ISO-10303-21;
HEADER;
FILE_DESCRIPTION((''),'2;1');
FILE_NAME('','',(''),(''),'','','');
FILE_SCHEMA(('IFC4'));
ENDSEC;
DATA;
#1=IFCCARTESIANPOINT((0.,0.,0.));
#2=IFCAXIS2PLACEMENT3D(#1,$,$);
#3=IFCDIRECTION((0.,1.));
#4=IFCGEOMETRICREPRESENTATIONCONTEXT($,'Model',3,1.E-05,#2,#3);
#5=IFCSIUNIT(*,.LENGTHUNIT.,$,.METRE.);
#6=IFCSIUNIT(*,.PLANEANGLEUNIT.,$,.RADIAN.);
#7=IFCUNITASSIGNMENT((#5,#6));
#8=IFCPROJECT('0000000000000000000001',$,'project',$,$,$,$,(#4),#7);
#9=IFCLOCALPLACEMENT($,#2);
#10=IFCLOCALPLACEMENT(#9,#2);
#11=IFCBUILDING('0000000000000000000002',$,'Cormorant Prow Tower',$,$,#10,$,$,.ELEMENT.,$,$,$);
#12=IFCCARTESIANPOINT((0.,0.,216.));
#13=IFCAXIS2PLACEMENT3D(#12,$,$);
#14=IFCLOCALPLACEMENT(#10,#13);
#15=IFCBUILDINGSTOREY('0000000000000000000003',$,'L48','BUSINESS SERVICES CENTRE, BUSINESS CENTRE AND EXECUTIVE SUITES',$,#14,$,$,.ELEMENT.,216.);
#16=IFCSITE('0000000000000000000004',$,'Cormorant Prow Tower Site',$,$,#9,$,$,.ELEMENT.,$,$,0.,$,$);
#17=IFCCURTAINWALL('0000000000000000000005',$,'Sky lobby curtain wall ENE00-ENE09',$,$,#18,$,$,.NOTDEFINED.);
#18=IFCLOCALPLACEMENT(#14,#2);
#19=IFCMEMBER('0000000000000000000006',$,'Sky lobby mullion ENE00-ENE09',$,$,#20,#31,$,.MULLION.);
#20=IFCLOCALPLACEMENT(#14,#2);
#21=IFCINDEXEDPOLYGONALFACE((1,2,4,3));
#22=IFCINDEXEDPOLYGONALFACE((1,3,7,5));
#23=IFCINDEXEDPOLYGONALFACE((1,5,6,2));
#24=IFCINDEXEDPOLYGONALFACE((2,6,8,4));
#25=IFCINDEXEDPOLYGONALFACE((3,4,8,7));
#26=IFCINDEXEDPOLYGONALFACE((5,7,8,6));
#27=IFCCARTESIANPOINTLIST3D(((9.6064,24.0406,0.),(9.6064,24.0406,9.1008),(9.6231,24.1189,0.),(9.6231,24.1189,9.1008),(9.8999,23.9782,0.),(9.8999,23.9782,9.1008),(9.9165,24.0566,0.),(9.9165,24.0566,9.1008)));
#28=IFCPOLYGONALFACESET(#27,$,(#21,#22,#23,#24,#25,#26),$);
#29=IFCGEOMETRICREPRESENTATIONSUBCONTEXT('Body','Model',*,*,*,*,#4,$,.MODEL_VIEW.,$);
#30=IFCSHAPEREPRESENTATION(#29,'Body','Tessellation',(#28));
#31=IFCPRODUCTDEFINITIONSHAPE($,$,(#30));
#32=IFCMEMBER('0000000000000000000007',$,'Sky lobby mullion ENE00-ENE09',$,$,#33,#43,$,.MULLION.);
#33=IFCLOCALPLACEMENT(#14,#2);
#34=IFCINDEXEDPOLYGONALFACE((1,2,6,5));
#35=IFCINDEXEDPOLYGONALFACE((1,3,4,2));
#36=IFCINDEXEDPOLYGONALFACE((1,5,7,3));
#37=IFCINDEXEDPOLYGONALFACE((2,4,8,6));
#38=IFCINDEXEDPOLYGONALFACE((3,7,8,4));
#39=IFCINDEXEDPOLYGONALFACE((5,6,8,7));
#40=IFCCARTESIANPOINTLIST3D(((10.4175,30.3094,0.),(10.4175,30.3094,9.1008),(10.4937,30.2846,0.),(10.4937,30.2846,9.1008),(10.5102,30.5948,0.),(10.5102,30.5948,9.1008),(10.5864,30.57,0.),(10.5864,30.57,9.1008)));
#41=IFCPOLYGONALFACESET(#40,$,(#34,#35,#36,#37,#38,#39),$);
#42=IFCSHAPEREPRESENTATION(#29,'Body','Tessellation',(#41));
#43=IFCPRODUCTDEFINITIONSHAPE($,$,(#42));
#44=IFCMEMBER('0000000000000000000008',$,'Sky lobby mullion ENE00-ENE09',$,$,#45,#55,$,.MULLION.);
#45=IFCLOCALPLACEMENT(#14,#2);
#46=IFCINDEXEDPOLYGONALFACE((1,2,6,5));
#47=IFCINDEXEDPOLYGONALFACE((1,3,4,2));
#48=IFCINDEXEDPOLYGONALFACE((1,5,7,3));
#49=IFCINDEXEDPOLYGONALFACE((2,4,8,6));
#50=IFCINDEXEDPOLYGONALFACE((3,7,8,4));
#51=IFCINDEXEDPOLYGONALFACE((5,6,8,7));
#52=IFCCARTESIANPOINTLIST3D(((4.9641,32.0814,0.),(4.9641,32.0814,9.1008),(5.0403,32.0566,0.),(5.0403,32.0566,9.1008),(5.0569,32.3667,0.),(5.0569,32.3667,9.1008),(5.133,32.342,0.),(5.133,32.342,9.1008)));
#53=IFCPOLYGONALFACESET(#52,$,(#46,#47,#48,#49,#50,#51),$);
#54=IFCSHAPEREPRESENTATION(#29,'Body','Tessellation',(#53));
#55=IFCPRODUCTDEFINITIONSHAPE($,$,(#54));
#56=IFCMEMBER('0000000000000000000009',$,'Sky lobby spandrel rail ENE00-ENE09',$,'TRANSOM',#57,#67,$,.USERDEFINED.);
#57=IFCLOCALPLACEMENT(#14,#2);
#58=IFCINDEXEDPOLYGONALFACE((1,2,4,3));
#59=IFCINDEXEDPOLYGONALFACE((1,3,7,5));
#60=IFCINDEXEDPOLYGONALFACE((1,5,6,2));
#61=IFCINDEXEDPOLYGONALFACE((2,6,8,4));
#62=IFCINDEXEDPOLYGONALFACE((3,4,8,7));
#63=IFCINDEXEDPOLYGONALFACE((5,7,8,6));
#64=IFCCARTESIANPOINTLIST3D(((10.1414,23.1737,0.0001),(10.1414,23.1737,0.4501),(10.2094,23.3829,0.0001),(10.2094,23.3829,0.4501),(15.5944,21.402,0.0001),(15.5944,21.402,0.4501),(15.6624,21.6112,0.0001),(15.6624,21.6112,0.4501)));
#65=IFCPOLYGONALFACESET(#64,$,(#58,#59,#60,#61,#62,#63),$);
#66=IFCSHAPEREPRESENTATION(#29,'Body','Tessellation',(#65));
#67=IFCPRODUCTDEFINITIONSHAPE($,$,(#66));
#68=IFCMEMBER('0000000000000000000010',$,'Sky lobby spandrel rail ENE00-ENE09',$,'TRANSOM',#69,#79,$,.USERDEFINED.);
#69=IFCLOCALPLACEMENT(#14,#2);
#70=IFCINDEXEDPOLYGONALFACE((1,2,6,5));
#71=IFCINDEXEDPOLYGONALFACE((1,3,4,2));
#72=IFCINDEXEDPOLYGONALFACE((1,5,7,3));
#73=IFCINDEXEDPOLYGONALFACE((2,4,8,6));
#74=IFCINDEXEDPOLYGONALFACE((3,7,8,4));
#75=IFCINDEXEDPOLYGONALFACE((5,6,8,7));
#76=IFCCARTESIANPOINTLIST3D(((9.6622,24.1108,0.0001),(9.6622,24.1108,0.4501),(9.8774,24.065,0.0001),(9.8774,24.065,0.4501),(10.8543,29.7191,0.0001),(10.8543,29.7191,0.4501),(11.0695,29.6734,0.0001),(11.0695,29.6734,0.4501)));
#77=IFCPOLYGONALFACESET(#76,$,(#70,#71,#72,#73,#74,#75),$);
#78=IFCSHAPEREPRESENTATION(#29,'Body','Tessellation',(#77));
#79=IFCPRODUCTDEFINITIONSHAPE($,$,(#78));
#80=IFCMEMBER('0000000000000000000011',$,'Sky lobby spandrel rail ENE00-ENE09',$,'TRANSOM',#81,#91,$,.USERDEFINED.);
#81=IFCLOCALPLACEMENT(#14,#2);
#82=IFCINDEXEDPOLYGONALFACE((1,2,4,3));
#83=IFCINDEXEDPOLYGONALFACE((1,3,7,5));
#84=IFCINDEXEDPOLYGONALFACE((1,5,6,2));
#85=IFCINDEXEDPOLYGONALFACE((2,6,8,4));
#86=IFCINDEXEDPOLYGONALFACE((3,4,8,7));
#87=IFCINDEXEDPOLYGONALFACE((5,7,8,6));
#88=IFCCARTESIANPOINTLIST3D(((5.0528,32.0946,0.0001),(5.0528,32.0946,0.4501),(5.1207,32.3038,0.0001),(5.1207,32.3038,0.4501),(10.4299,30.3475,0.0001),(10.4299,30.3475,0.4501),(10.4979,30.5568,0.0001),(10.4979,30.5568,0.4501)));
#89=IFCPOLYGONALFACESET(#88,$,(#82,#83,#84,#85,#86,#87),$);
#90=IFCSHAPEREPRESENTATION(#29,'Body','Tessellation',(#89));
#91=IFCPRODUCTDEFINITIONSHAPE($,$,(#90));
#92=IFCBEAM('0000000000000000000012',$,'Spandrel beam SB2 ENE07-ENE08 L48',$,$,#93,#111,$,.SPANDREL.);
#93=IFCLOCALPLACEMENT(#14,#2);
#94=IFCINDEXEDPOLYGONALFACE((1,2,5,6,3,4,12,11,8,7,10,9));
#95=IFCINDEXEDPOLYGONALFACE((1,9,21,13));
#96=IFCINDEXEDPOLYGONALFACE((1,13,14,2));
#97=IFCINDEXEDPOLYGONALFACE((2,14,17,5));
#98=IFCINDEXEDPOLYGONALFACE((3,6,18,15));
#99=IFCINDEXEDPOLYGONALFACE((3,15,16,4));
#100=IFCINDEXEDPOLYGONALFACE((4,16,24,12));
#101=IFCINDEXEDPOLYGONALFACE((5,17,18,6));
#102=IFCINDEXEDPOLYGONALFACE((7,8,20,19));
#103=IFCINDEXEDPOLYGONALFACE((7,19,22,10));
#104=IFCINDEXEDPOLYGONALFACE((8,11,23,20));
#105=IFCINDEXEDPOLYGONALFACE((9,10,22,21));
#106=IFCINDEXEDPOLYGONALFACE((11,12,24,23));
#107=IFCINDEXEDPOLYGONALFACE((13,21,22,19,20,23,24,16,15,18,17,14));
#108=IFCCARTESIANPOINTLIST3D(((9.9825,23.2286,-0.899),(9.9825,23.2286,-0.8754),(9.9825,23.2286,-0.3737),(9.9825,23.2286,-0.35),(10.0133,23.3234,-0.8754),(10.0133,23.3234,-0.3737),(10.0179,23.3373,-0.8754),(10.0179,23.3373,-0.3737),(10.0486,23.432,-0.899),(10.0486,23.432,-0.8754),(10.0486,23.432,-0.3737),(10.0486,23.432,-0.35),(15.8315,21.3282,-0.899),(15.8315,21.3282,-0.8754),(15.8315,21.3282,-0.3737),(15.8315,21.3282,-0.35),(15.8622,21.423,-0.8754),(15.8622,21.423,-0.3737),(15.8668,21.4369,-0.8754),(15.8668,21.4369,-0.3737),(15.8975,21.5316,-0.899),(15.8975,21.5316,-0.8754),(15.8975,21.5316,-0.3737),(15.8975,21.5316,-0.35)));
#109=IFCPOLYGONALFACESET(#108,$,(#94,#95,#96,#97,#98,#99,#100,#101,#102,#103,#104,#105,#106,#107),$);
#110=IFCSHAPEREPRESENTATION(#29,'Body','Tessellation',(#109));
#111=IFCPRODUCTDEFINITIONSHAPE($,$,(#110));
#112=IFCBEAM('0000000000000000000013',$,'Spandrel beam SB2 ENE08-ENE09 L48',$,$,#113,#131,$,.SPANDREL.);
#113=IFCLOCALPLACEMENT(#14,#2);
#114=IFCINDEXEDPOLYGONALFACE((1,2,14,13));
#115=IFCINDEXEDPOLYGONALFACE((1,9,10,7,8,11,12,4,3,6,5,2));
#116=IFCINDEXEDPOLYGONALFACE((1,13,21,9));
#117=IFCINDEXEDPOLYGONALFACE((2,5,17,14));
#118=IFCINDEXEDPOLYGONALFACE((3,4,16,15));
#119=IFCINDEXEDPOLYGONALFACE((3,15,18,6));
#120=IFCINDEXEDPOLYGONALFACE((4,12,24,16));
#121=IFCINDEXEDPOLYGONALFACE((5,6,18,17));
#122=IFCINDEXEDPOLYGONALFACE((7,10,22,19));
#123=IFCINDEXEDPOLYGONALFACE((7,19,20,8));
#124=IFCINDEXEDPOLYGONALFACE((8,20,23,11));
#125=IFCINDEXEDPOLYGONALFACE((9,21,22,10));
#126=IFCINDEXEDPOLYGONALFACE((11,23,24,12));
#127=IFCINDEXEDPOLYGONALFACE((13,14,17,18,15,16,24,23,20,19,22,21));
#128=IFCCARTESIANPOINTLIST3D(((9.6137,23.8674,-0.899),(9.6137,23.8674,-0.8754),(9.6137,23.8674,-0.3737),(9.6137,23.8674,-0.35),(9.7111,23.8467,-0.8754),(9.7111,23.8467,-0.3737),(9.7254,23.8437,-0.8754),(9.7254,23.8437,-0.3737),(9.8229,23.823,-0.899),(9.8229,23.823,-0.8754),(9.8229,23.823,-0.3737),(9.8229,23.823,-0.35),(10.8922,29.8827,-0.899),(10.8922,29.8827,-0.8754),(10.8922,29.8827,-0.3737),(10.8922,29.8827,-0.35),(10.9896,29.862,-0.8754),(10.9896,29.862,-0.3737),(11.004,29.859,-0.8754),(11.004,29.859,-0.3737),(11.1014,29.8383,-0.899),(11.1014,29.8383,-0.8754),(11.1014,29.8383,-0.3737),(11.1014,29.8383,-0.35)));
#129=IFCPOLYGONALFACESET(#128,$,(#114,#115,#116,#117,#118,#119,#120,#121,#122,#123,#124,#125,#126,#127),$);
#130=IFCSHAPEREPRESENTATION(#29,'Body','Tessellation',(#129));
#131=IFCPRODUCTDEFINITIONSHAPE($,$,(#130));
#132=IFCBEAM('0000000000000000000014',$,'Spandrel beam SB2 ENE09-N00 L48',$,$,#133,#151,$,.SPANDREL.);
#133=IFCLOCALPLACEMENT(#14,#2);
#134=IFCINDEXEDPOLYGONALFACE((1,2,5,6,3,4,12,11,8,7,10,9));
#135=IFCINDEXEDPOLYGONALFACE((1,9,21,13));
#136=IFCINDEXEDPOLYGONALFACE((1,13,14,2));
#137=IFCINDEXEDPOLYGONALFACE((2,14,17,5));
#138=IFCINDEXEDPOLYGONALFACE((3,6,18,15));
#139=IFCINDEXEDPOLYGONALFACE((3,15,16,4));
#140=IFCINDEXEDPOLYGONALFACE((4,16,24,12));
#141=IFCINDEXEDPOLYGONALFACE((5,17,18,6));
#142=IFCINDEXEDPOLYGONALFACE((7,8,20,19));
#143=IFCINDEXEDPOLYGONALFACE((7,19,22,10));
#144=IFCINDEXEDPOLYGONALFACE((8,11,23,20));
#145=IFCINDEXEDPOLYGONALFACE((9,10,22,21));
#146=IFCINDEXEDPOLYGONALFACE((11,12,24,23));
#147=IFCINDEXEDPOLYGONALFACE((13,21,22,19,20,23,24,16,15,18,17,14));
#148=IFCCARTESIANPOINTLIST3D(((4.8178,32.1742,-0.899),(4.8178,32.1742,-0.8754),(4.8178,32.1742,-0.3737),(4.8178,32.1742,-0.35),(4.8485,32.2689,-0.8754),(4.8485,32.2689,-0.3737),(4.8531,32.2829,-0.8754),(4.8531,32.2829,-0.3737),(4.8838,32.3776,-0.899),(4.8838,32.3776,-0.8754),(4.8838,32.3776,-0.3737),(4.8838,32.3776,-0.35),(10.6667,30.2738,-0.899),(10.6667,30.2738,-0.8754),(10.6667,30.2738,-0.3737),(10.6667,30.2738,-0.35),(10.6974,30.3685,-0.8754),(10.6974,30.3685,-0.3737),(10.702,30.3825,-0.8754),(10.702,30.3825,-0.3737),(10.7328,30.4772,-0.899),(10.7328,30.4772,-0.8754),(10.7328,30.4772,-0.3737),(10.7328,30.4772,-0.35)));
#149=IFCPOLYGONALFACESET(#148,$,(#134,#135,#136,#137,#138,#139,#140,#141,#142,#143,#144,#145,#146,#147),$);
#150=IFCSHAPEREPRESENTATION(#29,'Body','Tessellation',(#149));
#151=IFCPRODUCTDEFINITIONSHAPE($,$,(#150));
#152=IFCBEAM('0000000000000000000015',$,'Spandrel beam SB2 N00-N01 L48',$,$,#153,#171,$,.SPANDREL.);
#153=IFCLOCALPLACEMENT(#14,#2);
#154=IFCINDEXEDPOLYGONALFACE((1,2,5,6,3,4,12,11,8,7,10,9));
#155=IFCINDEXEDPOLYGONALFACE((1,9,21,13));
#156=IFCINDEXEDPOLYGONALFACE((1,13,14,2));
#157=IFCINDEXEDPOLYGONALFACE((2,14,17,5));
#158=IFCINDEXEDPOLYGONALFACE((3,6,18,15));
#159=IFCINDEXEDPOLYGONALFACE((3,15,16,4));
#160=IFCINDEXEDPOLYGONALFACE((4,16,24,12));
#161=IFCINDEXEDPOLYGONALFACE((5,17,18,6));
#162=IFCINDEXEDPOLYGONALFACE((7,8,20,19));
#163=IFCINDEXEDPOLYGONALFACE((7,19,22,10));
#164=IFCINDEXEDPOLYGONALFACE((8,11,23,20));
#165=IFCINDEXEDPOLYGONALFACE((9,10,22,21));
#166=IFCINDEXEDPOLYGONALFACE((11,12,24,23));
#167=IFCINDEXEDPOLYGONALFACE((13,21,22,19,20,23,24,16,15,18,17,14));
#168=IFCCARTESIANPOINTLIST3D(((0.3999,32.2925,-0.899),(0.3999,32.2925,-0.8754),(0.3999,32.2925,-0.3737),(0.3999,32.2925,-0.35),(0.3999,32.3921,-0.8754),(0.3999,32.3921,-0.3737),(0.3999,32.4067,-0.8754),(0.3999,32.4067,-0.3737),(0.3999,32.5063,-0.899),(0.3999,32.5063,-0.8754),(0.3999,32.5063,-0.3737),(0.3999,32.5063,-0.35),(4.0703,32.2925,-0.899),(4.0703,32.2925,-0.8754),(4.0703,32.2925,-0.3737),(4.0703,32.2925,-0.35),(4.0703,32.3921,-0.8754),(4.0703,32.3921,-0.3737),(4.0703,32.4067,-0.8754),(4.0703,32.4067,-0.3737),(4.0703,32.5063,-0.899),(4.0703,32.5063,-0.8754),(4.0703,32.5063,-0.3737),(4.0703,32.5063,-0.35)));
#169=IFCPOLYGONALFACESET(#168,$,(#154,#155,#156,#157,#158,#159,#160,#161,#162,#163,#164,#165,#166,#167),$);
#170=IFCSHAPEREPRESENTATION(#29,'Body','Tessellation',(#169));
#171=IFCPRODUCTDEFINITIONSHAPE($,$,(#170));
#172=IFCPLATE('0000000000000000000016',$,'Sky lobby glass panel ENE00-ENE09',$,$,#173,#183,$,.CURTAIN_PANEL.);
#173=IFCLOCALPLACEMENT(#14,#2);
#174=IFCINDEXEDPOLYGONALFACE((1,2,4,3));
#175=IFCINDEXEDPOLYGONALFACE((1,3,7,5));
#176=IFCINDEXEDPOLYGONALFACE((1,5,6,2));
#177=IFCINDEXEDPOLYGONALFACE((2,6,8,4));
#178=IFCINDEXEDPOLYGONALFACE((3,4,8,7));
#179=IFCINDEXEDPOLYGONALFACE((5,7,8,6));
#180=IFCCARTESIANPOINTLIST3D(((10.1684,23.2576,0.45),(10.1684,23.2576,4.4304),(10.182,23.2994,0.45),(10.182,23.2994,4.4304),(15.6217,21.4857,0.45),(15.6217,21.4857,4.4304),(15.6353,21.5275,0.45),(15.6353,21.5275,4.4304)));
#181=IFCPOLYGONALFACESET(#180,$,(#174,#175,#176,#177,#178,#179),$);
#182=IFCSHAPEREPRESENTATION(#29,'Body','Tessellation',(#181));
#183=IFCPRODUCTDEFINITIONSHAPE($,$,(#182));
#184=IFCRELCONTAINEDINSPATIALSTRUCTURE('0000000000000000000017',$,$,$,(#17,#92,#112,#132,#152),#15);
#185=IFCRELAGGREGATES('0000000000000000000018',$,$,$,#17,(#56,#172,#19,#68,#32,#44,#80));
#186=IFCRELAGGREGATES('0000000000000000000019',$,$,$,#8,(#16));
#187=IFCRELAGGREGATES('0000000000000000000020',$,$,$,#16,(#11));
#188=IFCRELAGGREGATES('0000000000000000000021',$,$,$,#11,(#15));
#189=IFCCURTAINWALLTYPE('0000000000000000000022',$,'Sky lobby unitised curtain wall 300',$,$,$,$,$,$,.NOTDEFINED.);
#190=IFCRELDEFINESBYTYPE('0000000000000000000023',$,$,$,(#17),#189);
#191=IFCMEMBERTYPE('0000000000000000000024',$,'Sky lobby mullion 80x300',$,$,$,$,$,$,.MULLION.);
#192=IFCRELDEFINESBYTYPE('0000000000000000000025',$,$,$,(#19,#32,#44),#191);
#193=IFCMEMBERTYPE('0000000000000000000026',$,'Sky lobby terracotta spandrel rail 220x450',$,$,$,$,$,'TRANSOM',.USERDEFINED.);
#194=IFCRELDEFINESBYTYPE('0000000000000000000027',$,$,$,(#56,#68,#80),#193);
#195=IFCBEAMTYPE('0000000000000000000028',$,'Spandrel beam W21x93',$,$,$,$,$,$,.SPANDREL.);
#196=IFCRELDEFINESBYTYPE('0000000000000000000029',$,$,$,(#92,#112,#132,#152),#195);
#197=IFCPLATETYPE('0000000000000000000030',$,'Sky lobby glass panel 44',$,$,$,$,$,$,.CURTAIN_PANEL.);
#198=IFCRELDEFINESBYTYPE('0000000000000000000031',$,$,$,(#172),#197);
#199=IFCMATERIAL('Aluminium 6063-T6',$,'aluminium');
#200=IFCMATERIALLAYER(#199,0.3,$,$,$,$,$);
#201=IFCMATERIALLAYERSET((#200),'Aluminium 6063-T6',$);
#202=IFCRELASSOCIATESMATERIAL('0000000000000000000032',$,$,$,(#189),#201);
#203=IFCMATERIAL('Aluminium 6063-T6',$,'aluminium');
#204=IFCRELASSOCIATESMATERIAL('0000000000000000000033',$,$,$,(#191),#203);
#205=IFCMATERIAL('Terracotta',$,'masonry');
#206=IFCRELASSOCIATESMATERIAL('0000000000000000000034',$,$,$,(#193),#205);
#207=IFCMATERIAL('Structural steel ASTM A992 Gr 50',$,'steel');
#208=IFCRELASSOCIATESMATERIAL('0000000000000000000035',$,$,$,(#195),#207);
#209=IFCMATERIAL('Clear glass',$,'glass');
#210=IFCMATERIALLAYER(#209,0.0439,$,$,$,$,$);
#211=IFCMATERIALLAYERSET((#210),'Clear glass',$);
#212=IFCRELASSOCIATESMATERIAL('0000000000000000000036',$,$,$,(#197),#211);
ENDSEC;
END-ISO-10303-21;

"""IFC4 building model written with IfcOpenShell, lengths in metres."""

from ifc_helpers import new_model, si_unit, direction, frame, origin, origin_2d, place, context, subcontext, project, spatial, rectangle, i_section, extrude, material, layer, layer_set, material_profile, profile_set, type_object, element, aggregate, save


model = new_model("IFC4")

# Units and contexts
model_context = context("Model", 3, precision=1e-05, world=origin(), true_north=direction((0.0, 1.0)))
body_context = subcontext(model_context, "Body", "Model", "MODEL_VIEW")
ifc_project = project(units=[si_unit("LENGTHUNIT", "METRE"), si_unit("PLANEANGLEUNIT", "RADIAN")], contexts=[model_context])

# Site, building, storey
site_placement = place(None, origin())
site = spatial("IfcSite", under=ifc_project, at=site_placement, Name="Cormorant Prow Tower Site", CompositionType="ELEMENT", RefElevation=0.0)
building_placement = place(site_placement, origin())
building = spatial("IfcBuilding", under=site, at=building_placement, Name="Cormorant Prow Tower", CompositionType="ELEMENT")
storey_placement = place(building_placement, frame((0.0, 0.0, 216.0)))
storey = spatial("IfcBuildingStorey", under=building, at=storey_placement, Name="L48", Description="BUSINESS SERVICES CENTRE, BUSINESS CENTRE AND EXECUTIVE SUITES", CompositionType="ELEMENT", Elevation=216.0)

# Curtain wall, members
ifc_material_1 = material(Name="Aluminium 6063-T6", Category="aluminium")
ifc_layer_1 = layer(ifc_material_1, 0.3)
ifc_layer_set_1 = layer_set([ifc_layer_1], Name="Aluminium 6063-T6")
curtain_wall_type = type_object("IfcCurtainWallType", Name="Sky lobby unitised curtain wall 300", PredefinedType="NOTDEFINED", material=ifc_layer_set_1)
curtain_wall_placement = place(storey_placement, origin())
curtain_wall = element("IfcCurtainWall", 1, at=curtain_wall_placement, inside=storey, type_object=curtain_wall_type, Name="Sky lobby curtain wall ENE00-ENE09", PredefinedType="NOTDEFINED")
ifc_material_2 = material(Name="Aluminium 6063-T6", Category="aluminium")
ifc_material_profile_1 = material_profile(ifc_material_2, rectangle(XDim=0.3, YDim=0.0801, at=origin_2d()), Name="Sky lobby mullion 80x300")
ifc_profile_set_1 = profile_set([ifc_material_profile_1], Name="Aluminium 6063-T6")
member_type_1 = type_object("IfcMemberType", Name="Sky lobby mullion 80x300", PredefinedType="MULLION", material=ifc_profile_set_1)
member_1_placement = place(storey_placement, frame((9.7615, 24.0486, 0.0), z_axis=(0.0, 0.0, 1.0), x_axis=(-0.978148, 0.207912, 0.0)))
member_1 = element("IfcMember", 2, at=member_1_placement, type_object=member_type_1, Name="Sky lobby mullion ENE00-ENE09", PredefinedType="MULLION", context=body_context, shape_type="SweptSolid", body=[
    extrude(rectangle(XDim=0.3, YDim=0.0801, at=origin_2d()), origin(), (0.0, 0.0, 1.0), 9.1008),
])
member_2_placement = place(storey_placement, frame((10.502, 30.4397, 0.0), z_axis=(0.0, 0.0, 1.0), x_axis=(-0.309017, -0.951057, 0.0)))
member_2 = element("IfcMember", 3, at=member_2_placement, type_object=member_type_1, Name="Sky lobby mullion ENE00-ENE09", PredefinedType="MULLION", context=body_context, shape_type="SweptSolid", body=[
    extrude(rectangle(XDim=0.3, YDim=0.0801, at=origin_2d()), origin(), (0.0, 0.0, 1.0), 9.1008),
])
member_3_placement = place(storey_placement, frame((5.0486, 32.2117, 0.0), z_axis=(0.0, 0.0, 1.0), x_axis=(-0.309017, -0.951057, 0.0)))
member_3 = element("IfcMember", 4, at=member_3_placement, type_object=member_type_1, Name="Sky lobby mullion ENE00-ENE09", PredefinedType="MULLION", context=body_context, shape_type="SweptSolid", body=[
    extrude(rectangle(XDim=0.3, YDim=0.0801, at=origin_2d()), origin(), (0.0, 0.0, 1.0), 9.1008),
])
ifc_material_3 = material(Name="Terracotta", Category="masonry")
ifc_material_profile_2 = material_profile(ifc_material_3, rectangle(XDim=0.22, YDim=0.45, at=origin_2d()), Name="Sky lobby terracotta spandrel rail 220x450")
ifc_profile_set_2 = profile_set([ifc_material_profile_2], Name="Terracotta")
member_type_2 = type_object("IfcMemberType", Name="Sky lobby terracotta spandrel rail 220x450", ElementType="TRANSOM", PredefinedType="USERDEFINED", material=ifc_profile_set_2)
member_4_placement = place(storey_placement, frame((15.6284, 21.5066, 0.2251), z_axis=(-0.951062, 0.309001, 0.0), x_axis=(-0.309001, -0.951062, 0.0)))
member_4 = element("IfcMember", 5, at=member_4_placement, type_object=member_type_2, Name="Sky lobby spandrel rail ENE00-ENE09", ObjectType="TRANSOM", PredefinedType="USERDEFINED", context=body_context, shape_type="SweptSolid", body=[
    extrude(rectangle(XDim=0.22, YDim=0.45, at=origin_2d()), origin(), (0.0, 0.0, 1.0), 5.7336),
])
member_5_placement = place(storey_placement, frame((9.7698, 24.0879, 0.2251), z_axis=(0.207918, 0.978146, 0.0), x_axis=(-0.978146, 0.207918, 0.0)))
member_5 = element("IfcMember", 6, at=member_5_placement, type_object=member_type_2, Name="Sky lobby spandrel rail ENE00-ENE09", ObjectType="TRANSOM", PredefinedType="USERDEFINED", context=body_context, shape_type="SweptSolid", body=[
    extrude(rectangle(XDim=0.22, YDim=0.45, at=origin_2d()), origin(), (0.0, 0.0, 1.0), 5.7336),
])
member_6_placement = place(storey_placement, frame((10.4639, 30.4521, 0.2251), z_axis=(-0.951061, 0.309003, 0.0), x_axis=(-0.309003, -0.951061, 0.0)))
member_6 = element("IfcMember", 7, at=member_6_placement, type_object=member_type_2, Name="Sky lobby spandrel rail ENE00-ENE09", ObjectType="TRANSOM", PredefinedType="USERDEFINED", context=body_context, shape_type="SweptSolid", body=[
    extrude(rectangle(XDim=0.22, YDim=0.45, at=origin_2d()), origin(), (0.0, 0.0, 1.0), 5.6538),
])

# Beams
ifc_material_4 = material(Name="Structural steel ASTM A992 Gr 50", Category="steel")
ifc_material_profile_3 = material_profile(ifc_material_4, i_section(OverallWidth=0.2139, OverallDepth=0.5491, WebThickness=0.0146, FlangeThickness=0.0237, at=origin_2d()), Name="W21x93")
ifc_profile_set_3 = profile_set([ifc_material_profile_3], Name="Structural steel ASTM A992 Gr 50")
beam_type_1 = type_object("IfcBeamType", Name="Spandrel beam W21x93", PredefinedType="SPANDREL", material=ifc_profile_set_3)
beam_1_placement = place(storey_placement, frame((15.8645, 21.4299, -0.6245), z_axis=(-0.951058, 0.309013, 0.0), x_axis=(-0.309013, -0.951058, 0.0)))
element("IfcBeam", 8, at=beam_1_placement, inside=storey, type_object=beam_type_1, Name="Spandrel beam SB2 ENE07-ENE08 L48", PredefinedType="SPANDREL", context=body_context, shape_type="SweptSolid", body=[
    extrude(i_section(OverallWidth=0.2139, OverallDepth=0.5491, WebThickness=0.0146, FlangeThickness=0.0237, at=origin_2d()), origin(), (0.0, 0.0, 1.0), 6.1499),
])
beam_2_placement = place(storey_placement, frame((9.7183, 23.8452, -0.6245), z_axis=(0.207905, 0.978149, 0.0), x_axis=(-0.978149, 0.207905, 0.0)))
element("IfcBeam", 9, at=beam_2_placement, inside=storey, type_object=beam_type_1, Name="Spandrel beam SB2 ENE08-ENE09 L48", PredefinedType="SPANDREL", context=body_context, shape_type="SweptSolid", body=[
    extrude(i_section(OverallWidth=0.2139, OverallDepth=0.5491, WebThickness=0.0146, FlangeThickness=0.0237, at=origin_2d()), origin(), (0.0, 0.0, 1.0), 6.1497),
])
beam_3_placement = place(storey_placement, frame((10.6997, 30.3755, -0.6245), z_axis=(-0.951058, 0.309013, 0.0), x_axis=(-0.309013, -0.951058, 0.0)))
element("IfcBeam", 10, at=beam_3_placement, inside=storey, type_object=beam_type_1, Name="Spandrel beam SB2 ENE09-N00 L48", PredefinedType="SPANDREL", context=body_context, shape_type="SweptSolid", body=[
    extrude(i_section(OverallWidth=0.2139, OverallDepth=0.5491, WebThickness=0.0146, FlangeThickness=0.0237, at=origin_2d()), origin(), (0.0, 0.0, 1.0), 6.1499),
])
beam_4_placement = place(storey_placement, frame((4.0703, 32.3994, -0.6245), z_axis=(-1.0, 0.0, 0.0), x_axis=(0.0, -1.0, 0.0)))
element("IfcBeam", 11, at=beam_4_placement, inside=storey, type_object=beam_type_1, Name="Spandrel beam SB2 N00-N01 L48", PredefinedType="SPANDREL", context=body_context, shape_type="SweptSolid", body=[
    extrude(i_section(OverallWidth=0.2139, OverallDepth=0.5491, WebThickness=0.0146, FlangeThickness=0.0237, at=origin_2d()), origin(), (0.0, 0.0, 1.0), 3.6704),
])

# Plate
ifc_material_5 = material(Name="Clear glass", Category="glass")
ifc_layer_2 = layer(ifc_material_5, 0.0439)
ifc_layer_set_2 = layer_set([ifc_layer_2], Name="Clear glass")
plate_type = type_object("IfcPlateType", Name="Sky lobby glass panel 44", PredefinedType="CURTAIN_PANEL", material=ifc_layer_set_2)
plate_1_placement = place(storey_placement, frame((12.9019, 22.3926, 0.45), z_axis=(0.0, 0.0, 1.0), x_axis=(-0.951057, 0.309017, 0.0)))
plate_1 = element("IfcPlate", 12, at=plate_1_placement, type_object=plate_type, Name="Sky lobby glass panel ENE00-ENE09", PredefinedType="CURTAIN_PANEL", context=body_context, shape_type="SweptSolid", body=[
    extrude(rectangle(XDim=5.7339, YDim=0.0439, at=origin_2d()), origin(), (0.0, 0.0, 1.0), 3.9805),
])
aggregate(curtain_wall, [member_4, plate_1, member_1, member_5, member_2, member_3, member_6])

save(model, "model.ifc")
